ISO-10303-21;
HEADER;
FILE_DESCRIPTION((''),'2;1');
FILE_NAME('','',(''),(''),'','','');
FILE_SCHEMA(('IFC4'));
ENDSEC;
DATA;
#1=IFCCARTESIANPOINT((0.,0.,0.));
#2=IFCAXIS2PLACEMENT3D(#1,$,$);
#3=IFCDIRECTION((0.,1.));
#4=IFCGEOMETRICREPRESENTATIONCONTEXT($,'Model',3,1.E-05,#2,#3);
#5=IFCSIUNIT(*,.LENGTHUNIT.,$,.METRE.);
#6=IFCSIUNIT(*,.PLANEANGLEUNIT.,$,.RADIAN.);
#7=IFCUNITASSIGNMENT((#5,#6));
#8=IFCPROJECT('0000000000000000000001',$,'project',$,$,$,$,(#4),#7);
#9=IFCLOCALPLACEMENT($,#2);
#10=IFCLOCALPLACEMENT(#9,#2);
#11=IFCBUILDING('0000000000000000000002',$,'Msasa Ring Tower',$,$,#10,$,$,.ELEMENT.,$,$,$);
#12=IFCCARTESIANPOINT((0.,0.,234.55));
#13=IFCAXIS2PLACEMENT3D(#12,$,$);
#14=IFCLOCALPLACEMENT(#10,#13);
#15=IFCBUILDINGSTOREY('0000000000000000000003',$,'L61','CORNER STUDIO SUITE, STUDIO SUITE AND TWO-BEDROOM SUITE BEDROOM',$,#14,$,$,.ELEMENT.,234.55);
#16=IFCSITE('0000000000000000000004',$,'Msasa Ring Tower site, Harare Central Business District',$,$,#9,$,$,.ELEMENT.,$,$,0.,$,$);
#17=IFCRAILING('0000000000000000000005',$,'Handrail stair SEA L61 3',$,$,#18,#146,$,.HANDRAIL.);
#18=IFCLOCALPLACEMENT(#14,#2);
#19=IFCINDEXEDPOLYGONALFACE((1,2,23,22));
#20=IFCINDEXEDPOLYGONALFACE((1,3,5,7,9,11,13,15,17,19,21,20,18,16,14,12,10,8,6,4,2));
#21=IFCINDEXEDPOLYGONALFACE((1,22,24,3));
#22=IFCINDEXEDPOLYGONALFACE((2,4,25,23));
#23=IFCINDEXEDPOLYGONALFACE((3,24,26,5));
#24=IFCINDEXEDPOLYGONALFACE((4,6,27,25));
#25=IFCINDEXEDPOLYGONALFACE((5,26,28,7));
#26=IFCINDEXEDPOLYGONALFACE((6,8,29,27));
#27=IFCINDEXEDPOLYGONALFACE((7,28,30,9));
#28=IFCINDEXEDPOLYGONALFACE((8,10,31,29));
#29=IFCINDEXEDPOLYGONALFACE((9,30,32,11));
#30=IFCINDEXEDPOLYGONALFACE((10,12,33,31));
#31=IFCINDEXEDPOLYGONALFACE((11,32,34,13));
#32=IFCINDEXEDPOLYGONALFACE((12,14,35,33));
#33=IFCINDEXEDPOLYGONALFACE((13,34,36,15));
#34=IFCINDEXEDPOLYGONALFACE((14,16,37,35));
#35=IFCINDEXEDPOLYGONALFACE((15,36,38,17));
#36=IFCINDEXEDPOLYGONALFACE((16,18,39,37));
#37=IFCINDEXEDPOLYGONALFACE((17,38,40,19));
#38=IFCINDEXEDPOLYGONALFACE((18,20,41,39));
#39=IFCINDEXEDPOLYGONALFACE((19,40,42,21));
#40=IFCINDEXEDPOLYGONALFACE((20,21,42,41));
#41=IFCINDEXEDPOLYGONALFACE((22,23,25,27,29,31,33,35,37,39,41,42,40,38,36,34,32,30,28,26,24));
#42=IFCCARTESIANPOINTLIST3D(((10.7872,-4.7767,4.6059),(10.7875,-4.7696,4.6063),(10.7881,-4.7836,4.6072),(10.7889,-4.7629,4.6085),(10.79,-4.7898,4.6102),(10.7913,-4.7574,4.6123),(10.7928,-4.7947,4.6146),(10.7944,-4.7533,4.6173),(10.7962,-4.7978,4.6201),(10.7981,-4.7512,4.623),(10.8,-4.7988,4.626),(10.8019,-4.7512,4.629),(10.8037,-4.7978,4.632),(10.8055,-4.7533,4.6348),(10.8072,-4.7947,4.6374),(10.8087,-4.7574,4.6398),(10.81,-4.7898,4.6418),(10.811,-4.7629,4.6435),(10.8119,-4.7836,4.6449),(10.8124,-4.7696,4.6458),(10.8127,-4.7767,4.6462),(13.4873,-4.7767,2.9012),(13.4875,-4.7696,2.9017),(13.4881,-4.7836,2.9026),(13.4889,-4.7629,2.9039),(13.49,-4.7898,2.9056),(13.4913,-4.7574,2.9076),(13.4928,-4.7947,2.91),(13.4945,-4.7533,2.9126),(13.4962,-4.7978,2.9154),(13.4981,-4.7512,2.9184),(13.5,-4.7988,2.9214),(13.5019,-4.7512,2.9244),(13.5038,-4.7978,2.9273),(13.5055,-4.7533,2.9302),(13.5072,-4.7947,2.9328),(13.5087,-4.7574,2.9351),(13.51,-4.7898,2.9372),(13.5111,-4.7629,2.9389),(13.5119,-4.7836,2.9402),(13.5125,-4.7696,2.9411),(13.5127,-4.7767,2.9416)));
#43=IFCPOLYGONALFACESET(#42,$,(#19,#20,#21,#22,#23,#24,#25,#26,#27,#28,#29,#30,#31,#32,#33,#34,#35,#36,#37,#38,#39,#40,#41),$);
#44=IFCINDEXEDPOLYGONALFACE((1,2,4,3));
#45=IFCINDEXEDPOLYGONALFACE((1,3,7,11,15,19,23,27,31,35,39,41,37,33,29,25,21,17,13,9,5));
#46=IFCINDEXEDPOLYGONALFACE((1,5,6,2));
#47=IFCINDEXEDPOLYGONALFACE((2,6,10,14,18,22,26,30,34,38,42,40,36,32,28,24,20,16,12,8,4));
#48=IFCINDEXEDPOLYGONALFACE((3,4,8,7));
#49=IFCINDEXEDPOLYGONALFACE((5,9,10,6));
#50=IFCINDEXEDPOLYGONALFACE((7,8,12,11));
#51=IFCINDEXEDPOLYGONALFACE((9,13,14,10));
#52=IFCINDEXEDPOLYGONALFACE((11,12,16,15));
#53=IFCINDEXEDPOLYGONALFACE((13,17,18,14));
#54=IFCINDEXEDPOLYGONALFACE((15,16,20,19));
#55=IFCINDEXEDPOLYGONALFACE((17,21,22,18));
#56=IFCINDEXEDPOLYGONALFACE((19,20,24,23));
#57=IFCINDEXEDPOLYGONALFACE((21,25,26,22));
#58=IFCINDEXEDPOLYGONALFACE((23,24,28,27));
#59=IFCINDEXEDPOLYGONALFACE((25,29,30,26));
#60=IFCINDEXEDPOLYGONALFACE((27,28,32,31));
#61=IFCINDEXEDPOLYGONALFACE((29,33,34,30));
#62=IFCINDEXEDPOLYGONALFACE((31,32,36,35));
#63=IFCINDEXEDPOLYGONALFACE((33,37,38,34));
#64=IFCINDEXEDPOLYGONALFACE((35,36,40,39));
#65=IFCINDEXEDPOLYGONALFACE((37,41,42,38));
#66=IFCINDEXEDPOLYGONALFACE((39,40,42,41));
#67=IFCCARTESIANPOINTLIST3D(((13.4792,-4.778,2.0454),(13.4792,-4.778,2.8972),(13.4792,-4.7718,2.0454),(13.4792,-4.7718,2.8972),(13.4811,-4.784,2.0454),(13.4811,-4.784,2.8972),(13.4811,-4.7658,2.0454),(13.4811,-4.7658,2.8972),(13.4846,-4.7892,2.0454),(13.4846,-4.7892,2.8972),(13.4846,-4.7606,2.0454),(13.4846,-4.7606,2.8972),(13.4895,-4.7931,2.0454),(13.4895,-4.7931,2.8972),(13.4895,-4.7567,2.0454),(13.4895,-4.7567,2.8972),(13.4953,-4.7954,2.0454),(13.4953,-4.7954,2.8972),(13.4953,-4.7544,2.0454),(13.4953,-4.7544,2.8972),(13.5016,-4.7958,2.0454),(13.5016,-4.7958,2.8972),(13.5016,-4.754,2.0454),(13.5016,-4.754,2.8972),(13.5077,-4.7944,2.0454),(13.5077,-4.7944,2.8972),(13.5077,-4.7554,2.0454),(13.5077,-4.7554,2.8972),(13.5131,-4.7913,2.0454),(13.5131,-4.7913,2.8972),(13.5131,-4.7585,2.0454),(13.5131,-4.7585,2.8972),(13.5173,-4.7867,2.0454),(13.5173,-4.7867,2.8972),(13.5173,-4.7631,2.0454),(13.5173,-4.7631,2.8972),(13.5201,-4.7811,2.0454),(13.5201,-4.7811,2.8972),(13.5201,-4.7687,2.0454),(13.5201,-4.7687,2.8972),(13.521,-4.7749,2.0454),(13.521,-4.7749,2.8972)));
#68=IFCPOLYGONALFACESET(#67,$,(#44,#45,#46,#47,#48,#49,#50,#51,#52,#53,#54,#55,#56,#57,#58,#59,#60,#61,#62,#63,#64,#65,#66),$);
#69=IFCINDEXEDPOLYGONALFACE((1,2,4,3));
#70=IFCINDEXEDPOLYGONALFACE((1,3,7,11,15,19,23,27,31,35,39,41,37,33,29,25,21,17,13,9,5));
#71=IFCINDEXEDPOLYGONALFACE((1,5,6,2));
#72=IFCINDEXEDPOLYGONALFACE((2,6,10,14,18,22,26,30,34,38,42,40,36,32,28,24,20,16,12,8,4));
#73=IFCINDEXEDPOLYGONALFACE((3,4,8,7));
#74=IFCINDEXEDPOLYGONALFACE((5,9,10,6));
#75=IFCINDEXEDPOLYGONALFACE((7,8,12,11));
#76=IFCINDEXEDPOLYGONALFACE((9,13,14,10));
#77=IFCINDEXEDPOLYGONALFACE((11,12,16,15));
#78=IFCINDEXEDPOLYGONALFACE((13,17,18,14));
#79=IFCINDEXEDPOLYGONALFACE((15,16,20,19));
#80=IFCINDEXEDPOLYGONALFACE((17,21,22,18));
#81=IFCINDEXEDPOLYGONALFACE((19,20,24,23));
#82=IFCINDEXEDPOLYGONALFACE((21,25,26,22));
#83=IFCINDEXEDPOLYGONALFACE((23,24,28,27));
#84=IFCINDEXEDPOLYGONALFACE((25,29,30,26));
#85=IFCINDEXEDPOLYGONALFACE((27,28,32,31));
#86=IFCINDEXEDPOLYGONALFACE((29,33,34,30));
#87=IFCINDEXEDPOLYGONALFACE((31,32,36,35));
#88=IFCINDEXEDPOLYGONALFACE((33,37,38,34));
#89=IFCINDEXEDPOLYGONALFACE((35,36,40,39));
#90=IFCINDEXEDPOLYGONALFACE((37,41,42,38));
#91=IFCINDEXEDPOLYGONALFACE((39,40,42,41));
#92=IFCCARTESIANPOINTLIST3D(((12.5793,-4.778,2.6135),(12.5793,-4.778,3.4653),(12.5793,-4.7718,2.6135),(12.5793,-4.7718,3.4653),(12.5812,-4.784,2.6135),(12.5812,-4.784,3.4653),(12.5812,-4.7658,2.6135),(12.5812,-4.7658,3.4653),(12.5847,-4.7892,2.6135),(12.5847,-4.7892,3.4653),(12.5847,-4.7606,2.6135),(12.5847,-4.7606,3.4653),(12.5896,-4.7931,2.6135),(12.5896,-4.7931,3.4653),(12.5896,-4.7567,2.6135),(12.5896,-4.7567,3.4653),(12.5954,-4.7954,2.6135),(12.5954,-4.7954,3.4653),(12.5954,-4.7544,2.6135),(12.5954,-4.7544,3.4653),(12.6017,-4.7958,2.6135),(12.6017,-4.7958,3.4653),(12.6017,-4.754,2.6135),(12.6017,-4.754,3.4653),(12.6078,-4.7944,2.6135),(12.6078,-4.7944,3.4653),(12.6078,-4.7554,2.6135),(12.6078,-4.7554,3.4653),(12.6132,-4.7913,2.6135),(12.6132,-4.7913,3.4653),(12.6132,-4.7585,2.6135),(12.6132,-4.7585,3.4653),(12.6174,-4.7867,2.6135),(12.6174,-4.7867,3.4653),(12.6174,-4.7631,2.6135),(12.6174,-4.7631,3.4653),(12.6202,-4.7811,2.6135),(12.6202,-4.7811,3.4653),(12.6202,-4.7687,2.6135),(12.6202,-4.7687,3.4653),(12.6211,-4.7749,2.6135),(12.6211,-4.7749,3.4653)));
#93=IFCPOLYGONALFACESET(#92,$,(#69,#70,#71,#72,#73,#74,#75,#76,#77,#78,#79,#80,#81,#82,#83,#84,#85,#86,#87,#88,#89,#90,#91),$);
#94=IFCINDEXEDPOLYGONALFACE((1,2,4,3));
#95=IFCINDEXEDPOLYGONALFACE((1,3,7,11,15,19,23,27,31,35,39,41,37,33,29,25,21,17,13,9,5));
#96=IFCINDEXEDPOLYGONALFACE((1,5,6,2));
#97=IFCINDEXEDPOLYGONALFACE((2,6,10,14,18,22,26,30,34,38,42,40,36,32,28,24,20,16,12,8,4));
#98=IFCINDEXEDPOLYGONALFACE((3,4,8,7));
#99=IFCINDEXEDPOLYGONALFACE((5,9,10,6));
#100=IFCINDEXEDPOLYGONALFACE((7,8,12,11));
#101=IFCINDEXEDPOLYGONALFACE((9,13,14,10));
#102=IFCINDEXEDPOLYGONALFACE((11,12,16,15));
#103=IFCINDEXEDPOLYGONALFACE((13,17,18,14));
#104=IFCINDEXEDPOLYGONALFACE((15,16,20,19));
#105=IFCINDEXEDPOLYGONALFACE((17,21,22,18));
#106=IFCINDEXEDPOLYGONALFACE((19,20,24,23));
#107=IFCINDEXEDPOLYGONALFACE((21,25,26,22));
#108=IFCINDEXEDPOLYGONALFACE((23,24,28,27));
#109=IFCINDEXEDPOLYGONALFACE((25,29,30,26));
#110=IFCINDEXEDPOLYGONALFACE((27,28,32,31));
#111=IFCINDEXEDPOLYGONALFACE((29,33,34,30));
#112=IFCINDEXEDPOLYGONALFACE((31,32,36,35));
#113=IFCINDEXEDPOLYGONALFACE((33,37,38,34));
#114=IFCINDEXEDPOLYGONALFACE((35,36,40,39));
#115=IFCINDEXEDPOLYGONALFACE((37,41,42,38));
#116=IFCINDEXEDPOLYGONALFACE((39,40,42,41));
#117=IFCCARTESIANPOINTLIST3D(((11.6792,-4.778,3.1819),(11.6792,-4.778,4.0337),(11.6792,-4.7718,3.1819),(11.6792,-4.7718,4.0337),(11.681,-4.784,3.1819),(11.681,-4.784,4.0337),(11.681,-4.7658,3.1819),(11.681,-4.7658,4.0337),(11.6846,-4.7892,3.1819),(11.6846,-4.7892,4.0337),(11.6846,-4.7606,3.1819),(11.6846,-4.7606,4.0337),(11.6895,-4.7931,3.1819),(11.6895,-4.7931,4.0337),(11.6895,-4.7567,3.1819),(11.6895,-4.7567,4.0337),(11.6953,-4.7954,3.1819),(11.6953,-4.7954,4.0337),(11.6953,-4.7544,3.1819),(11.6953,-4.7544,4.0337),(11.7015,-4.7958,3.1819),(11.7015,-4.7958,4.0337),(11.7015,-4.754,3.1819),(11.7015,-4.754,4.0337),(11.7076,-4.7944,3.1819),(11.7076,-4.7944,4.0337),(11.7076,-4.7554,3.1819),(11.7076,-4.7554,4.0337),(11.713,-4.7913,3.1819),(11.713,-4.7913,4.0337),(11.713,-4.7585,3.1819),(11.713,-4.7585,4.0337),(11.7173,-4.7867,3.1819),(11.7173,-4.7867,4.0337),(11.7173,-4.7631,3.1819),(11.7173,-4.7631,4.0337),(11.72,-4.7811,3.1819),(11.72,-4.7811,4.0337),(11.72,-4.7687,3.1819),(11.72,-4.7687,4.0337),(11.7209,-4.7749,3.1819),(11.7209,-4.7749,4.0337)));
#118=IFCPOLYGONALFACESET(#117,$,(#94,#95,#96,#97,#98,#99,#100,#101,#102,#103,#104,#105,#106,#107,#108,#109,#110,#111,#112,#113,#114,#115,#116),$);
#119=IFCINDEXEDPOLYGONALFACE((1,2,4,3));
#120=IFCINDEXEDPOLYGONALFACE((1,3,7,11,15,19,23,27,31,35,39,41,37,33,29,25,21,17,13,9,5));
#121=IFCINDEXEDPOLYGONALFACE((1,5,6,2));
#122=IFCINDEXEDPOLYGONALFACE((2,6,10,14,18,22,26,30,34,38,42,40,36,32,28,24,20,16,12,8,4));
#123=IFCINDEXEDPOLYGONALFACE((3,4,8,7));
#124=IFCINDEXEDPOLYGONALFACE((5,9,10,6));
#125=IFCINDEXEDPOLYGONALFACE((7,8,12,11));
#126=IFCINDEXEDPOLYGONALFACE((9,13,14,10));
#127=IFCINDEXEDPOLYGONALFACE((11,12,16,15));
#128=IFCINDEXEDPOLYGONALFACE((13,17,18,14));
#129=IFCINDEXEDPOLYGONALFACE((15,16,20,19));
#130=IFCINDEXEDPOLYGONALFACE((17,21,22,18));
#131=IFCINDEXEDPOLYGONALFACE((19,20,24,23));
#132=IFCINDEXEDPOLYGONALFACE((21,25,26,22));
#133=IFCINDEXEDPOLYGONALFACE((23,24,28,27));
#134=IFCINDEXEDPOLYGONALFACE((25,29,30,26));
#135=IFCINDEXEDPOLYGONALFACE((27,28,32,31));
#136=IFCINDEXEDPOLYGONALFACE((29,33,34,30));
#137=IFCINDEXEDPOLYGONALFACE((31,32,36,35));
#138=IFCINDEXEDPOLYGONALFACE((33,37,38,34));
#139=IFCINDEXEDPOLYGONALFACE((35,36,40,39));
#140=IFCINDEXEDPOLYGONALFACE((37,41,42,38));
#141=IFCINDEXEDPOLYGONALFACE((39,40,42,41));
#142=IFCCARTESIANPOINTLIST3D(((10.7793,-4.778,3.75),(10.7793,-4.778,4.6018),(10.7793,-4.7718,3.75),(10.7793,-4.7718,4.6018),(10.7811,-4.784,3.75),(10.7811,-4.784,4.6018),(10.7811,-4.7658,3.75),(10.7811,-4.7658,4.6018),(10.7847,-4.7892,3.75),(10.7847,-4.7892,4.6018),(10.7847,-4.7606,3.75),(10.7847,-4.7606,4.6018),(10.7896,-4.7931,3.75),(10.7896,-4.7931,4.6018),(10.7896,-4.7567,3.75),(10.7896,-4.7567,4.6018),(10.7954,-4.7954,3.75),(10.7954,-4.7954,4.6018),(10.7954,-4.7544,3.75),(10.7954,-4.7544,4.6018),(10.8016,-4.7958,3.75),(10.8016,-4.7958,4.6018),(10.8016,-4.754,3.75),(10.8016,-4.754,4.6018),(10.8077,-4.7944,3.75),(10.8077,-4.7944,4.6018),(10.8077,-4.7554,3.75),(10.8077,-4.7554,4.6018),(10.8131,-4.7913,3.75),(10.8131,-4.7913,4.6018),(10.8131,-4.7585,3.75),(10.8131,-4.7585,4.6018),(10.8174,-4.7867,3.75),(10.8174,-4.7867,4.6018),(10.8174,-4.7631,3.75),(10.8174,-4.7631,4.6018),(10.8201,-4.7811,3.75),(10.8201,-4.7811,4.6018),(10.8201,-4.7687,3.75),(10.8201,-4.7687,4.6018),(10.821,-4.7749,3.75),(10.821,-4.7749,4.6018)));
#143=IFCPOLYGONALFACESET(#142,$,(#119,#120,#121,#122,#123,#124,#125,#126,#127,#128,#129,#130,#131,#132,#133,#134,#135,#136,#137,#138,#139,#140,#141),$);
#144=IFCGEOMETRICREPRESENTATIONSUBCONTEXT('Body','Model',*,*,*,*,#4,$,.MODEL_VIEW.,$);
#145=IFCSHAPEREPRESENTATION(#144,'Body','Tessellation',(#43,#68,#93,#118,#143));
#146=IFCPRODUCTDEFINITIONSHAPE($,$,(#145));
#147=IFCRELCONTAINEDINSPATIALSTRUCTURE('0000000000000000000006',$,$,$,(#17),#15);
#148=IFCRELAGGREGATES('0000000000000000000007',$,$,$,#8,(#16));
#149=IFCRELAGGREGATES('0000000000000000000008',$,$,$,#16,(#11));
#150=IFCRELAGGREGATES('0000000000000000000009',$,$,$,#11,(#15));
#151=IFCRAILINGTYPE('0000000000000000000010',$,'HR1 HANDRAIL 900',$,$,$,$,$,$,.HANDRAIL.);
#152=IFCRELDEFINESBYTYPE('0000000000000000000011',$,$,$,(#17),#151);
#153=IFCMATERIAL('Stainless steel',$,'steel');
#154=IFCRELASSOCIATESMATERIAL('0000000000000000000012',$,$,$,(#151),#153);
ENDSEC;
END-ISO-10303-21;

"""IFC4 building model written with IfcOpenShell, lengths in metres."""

from ifc_helpers import new_model, si_unit, direction, frame, origin, origin_2d, place, context, subcontext, project, spatial, circle, extrude, material, type_object, element, save


model = new_model("IFC4")

# Units and contexts
model_context = context("Model", 3, precision=1e-05, world=origin(), true_north=direction((0.0, 1.0)))
body_context = subcontext(model_context, "Body", "Model", "MODEL_VIEW")
ifc_project = project(units=[si_unit("LENGTHUNIT", "METRE"), si_unit("PLANEANGLEUNIT", "RADIAN")], contexts=[model_context])

# Site, building, storey
site_placement = place(None, origin())
site = spatial("IfcSite", under=ifc_project, at=site_placement, Name="Msasa Ring Tower site, Harare Central Business District", CompositionType="ELEMENT", RefElevation=0.0)
building_placement = place(site_placement, origin())
building = spatial("IfcBuilding", under=site, at=building_placement, Name="Msasa Ring Tower", CompositionType="ELEMENT")
storey_placement = place(building_placement, frame((0.0, 0.0, 234.55)))
storey = spatial("IfcBuildingStorey", under=building, at=storey_placement, Name="L61", Description="CORNER STUDIO SUITE, STUDIO SUITE AND TWO-BEDROOM SUITE BEDROOM", CompositionType="ELEMENT", Elevation=234.55)

# Railing
ifc_material_1 = material(Name="Stainless steel", Category="steel")
railing_type = type_object("IfcRailingType", Name="HR1 HANDRAIL 900", PredefinedType="HANDRAIL", material=ifc_material_1)
for number, where, name in (
    (1, (13.5, -4.7749, 2.0454), "Handrail stair SEA L61 3"),
):
    element("IfcRailing", number, at=place(storey_placement, frame(where)), inside=storey, type_object=railing_type, Name=name, PredefinedType="HANDRAIL", context=body_context, shape_type="SweptSolid", body=[
        extrude(circle(Radius=0.0239, at=origin_2d()), frame((0.0, 0.0, 0.876), z_axis=(-0.84558, 0.0, 0.533849), x_axis=(0.0, -1.0, 0.0)), (0.0, 0.0, 1.0), 3.1931),
        extrude(circle(Radius=0.021, at=origin_2d()), origin(), (0.0, 0.0, 1.0), 0.8518),
        extrude(circle(Radius=0.021, at=origin_2d()), frame((-0.8999, 0.0, 0.5681)), (0.0, 0.0, 1.0), 0.8518),
        extrude(circle(Radius=0.021, at=origin_2d()), frame((-1.8, 0.0, 1.1365)), (0.0, 0.0, 1.0), 0.8518),
        extrude(circle(Radius=0.021, at=origin_2d()), frame((-2.7, 0.0, 1.7046)), (0.0, 0.0, 1.0), 0.8518),
    ])

save(model, "model.ifc")
